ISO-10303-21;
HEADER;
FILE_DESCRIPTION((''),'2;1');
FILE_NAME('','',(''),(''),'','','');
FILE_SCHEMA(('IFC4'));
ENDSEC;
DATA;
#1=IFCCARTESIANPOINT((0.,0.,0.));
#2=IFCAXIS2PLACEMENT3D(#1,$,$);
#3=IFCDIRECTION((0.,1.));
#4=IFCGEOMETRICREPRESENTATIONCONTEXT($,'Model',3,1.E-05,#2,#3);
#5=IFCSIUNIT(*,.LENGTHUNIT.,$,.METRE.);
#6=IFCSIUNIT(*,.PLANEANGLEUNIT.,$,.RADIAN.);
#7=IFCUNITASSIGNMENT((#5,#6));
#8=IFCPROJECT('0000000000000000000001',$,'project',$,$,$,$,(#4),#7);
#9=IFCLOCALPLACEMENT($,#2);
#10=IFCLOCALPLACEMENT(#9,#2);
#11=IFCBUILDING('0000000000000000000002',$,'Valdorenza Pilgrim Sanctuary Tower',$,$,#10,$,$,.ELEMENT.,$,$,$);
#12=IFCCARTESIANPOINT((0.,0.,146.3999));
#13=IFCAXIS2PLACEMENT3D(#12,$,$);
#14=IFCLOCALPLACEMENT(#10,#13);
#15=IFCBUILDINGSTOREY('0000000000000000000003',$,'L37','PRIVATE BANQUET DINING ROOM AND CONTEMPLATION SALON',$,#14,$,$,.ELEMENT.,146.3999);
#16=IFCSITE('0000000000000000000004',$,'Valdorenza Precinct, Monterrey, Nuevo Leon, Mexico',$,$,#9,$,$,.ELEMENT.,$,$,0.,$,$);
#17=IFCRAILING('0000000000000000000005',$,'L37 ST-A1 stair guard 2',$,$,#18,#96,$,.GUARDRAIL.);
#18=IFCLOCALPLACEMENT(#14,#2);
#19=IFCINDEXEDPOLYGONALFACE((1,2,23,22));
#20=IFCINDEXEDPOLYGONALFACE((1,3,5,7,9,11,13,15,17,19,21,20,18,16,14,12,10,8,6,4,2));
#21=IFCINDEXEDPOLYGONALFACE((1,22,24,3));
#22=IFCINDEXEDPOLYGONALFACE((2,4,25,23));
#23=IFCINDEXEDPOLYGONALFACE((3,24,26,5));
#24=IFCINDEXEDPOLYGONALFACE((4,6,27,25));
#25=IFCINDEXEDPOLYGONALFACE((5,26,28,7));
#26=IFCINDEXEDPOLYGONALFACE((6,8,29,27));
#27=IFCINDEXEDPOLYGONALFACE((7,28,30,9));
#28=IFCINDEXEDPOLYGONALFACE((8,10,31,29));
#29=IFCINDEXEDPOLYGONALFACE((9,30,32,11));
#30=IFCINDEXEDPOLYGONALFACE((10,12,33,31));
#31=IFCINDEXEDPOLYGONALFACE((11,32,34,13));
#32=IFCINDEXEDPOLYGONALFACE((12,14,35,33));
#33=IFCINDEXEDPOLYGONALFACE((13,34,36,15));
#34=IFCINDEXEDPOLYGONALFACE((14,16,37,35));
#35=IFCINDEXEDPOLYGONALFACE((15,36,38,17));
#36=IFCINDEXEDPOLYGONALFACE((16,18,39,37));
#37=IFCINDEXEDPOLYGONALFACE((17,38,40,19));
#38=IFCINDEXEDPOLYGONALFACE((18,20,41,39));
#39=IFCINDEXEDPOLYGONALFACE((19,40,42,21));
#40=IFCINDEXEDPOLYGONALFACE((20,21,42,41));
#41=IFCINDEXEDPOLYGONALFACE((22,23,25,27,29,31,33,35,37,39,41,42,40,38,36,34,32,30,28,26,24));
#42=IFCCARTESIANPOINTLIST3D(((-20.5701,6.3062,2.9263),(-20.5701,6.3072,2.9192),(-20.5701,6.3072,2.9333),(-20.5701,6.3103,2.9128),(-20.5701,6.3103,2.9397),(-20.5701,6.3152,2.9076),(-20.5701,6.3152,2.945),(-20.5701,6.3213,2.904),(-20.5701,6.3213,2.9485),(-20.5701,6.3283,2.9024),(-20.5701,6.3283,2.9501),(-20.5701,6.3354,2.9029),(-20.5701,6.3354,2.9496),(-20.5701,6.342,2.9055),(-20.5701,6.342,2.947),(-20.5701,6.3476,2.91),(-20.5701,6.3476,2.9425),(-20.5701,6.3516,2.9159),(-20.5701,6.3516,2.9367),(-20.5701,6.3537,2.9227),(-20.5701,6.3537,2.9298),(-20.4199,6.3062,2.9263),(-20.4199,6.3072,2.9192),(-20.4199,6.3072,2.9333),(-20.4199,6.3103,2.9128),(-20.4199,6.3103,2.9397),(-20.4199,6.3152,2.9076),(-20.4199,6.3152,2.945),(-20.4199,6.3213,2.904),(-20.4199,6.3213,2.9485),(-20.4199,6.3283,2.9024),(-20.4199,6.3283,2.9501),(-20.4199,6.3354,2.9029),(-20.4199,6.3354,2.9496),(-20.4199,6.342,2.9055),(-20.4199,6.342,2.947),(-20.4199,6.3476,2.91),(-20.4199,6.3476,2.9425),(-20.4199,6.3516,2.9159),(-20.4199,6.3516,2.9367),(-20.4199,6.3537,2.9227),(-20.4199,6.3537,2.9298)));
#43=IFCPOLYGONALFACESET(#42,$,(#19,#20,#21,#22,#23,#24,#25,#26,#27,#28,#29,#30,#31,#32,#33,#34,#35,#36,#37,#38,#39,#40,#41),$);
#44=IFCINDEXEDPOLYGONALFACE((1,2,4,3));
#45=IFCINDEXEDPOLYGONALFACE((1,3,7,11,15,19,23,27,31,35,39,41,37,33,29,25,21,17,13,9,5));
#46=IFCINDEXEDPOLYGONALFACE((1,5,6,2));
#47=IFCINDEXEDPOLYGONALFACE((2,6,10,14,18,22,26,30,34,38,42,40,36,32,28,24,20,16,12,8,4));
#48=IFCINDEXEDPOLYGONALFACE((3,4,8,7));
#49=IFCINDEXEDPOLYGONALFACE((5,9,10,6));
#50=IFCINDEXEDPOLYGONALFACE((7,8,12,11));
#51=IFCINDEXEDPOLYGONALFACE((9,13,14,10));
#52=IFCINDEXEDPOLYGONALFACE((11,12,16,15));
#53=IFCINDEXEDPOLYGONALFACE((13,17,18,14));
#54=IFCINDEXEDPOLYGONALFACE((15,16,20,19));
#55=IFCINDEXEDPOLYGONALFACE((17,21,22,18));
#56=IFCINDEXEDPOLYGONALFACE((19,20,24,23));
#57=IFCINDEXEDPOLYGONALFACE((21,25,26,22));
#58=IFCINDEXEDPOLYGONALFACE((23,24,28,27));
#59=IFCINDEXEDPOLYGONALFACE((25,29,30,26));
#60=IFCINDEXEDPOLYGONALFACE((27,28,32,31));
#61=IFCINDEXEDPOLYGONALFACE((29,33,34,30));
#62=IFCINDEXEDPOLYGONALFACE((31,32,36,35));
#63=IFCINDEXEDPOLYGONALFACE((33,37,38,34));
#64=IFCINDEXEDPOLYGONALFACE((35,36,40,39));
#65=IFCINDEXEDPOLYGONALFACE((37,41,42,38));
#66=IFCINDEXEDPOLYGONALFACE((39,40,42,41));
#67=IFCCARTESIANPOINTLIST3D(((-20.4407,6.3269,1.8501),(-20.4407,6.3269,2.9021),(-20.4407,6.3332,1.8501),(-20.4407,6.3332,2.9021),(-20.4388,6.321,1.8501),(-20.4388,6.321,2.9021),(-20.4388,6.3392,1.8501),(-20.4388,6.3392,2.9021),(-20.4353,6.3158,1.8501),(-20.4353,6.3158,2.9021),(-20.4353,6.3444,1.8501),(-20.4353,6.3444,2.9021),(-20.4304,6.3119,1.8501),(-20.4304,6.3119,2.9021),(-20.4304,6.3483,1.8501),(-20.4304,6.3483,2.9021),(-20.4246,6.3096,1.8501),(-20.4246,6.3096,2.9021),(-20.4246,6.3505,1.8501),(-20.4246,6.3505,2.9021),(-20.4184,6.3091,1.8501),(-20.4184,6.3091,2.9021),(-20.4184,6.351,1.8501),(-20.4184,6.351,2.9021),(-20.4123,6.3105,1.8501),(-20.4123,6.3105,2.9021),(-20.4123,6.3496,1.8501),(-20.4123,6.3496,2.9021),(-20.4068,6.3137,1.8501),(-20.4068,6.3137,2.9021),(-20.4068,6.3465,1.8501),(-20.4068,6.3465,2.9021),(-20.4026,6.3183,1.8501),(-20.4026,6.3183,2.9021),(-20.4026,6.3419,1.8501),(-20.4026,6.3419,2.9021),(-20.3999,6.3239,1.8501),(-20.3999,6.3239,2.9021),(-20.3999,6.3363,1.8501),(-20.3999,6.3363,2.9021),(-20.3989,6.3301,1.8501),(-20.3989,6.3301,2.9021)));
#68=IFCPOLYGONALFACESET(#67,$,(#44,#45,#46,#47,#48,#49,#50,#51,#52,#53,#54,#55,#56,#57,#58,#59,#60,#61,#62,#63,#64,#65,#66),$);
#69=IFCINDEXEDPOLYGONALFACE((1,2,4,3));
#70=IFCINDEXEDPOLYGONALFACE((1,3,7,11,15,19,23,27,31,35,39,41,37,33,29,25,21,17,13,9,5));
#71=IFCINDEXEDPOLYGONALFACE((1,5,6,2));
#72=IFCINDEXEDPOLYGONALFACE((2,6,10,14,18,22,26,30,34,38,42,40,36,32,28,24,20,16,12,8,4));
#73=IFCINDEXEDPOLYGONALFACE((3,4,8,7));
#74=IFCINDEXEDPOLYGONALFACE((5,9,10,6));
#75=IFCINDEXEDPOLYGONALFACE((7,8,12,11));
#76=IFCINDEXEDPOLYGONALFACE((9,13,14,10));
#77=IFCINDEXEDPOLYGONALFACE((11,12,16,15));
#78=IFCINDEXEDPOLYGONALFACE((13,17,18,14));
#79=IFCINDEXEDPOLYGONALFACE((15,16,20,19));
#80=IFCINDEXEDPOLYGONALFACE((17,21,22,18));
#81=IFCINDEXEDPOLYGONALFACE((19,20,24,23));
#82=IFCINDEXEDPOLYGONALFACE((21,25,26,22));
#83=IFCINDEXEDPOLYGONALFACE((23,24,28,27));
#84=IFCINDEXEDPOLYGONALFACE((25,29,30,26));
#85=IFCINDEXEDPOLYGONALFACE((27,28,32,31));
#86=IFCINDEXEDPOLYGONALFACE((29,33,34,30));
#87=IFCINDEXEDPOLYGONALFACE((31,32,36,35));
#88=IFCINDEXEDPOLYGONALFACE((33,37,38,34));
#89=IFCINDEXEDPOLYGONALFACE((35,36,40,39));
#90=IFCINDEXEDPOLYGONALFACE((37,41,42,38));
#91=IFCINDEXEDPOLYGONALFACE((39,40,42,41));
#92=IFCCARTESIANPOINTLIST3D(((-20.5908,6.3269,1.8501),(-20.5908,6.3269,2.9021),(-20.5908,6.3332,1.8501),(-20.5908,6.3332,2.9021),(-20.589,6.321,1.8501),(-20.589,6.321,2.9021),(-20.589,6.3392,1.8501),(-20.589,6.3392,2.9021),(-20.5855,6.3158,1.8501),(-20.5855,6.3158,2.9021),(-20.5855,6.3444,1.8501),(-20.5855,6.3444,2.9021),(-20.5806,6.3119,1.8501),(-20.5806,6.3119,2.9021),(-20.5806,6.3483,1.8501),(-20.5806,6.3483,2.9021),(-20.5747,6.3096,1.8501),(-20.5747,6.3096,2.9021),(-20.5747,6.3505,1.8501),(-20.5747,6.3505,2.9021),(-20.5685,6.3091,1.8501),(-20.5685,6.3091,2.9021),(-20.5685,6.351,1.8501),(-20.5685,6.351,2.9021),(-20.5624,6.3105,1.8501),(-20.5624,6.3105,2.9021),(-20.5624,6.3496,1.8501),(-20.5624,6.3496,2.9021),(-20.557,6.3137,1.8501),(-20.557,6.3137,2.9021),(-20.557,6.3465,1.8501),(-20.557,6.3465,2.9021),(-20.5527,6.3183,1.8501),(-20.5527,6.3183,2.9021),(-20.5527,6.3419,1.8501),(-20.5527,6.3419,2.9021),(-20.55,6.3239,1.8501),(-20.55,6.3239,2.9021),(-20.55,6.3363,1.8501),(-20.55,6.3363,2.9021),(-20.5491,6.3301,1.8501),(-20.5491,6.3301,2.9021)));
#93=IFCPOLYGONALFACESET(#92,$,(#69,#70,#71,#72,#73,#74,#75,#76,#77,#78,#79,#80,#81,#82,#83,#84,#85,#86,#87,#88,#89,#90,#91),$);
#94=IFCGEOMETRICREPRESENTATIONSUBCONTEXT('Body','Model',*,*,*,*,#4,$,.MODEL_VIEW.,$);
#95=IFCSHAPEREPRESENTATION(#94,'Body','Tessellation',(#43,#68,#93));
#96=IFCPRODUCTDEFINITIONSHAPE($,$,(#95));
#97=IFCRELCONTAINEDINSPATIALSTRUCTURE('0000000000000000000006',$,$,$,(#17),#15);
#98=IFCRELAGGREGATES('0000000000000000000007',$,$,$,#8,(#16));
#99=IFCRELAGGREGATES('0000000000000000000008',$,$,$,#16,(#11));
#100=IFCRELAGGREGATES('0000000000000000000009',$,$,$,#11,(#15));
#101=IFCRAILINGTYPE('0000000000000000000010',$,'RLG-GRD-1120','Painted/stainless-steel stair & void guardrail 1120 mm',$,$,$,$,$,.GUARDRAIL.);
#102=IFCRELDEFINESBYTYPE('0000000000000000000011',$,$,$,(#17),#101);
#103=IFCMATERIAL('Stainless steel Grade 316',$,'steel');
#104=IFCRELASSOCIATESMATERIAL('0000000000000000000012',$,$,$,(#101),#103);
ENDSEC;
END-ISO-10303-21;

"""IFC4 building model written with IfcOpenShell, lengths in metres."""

from ifc_helpers import new_model, si_unit, direction, frame, origin, origin_2d, place, context, subcontext, project, spatial, circle, extrude, material, type_object, element, save


model = new_model("IFC4")

# Units and contexts
model_context = context("Model", 3, precision=1e-05, world=origin(), true_north=direction((0.0, 1.0)))
body_context = subcontext(model_context, "Body", "Model", "MODEL_VIEW")
ifc_project = project(units=[si_unit("LENGTHUNIT", "METRE"), si_unit("PLANEANGLEUNIT", "RADIAN")], contexts=[model_context])

# Site, building, storey
site_placement = place(None, origin())
site = spatial("IfcSite", under=ifc_project, at=site_placement, Name="Valdorenza Precinct, Monterrey, Nuevo Leon, Mexico", CompositionType="ELEMENT", RefElevation=0.0)
building_placement = place(site_placement, origin())
building = spatial("IfcBuilding", under=site, at=building_placement, Name="Valdorenza Pilgrim Sanctuary Tower", CompositionType="ELEMENT")
storey_placement = place(building_placement, frame((0.0, 0.0, 146.3999)))
storey = spatial("IfcBuildingStorey", under=building, at=storey_placement, Name="L37", Description="PRIVATE BANQUET DINING ROOM AND CONTEMPLATION SALON", CompositionType="ELEMENT", Elevation=146.3999)

# Railing
ifc_material_1 = material(Name="Stainless steel Grade 316", Category="steel")
railing_type_1 = type_object("IfcRailingType", Name="RLG-GRD-1120", Description="Painted/stainless-steel stair & void guardrail 1120 mm", PredefinedType="GUARDRAIL", material=ifc_material_1)
railing_1_placement = place(storey_placement, frame((-20.4199, 6.3301, 1.8501)))
element("IfcRailing", 1, at=railing_1_placement, inside=storey, type_object=railing_type_1, Name="L37 ST-A1 stair guard 2", PredefinedType="GUARDRAIL", context=body_context, shape_type="SweptSolid", body=[
    extrude(circle(Radius=0.0239, at=origin_2d()), frame((0.0, 0.0, 1.0762), z_axis=(-1.0, 0.0, 0.0), x_axis=(0.0, -1.0, 0.0)), (0.0, 0.0, 1.0), 0.1501),
    extrude(circle(Radius=0.021, at=origin_2d()), origin(), (0.0, 0.0, 1.0), 1.052),
    extrude(circle(Radius=0.021, at=origin_2d()), frame((-0.1501, 0.0, 0.0)), (0.0, 0.0, 1.0), 1.052),
])

save(model, "model.ifc")
